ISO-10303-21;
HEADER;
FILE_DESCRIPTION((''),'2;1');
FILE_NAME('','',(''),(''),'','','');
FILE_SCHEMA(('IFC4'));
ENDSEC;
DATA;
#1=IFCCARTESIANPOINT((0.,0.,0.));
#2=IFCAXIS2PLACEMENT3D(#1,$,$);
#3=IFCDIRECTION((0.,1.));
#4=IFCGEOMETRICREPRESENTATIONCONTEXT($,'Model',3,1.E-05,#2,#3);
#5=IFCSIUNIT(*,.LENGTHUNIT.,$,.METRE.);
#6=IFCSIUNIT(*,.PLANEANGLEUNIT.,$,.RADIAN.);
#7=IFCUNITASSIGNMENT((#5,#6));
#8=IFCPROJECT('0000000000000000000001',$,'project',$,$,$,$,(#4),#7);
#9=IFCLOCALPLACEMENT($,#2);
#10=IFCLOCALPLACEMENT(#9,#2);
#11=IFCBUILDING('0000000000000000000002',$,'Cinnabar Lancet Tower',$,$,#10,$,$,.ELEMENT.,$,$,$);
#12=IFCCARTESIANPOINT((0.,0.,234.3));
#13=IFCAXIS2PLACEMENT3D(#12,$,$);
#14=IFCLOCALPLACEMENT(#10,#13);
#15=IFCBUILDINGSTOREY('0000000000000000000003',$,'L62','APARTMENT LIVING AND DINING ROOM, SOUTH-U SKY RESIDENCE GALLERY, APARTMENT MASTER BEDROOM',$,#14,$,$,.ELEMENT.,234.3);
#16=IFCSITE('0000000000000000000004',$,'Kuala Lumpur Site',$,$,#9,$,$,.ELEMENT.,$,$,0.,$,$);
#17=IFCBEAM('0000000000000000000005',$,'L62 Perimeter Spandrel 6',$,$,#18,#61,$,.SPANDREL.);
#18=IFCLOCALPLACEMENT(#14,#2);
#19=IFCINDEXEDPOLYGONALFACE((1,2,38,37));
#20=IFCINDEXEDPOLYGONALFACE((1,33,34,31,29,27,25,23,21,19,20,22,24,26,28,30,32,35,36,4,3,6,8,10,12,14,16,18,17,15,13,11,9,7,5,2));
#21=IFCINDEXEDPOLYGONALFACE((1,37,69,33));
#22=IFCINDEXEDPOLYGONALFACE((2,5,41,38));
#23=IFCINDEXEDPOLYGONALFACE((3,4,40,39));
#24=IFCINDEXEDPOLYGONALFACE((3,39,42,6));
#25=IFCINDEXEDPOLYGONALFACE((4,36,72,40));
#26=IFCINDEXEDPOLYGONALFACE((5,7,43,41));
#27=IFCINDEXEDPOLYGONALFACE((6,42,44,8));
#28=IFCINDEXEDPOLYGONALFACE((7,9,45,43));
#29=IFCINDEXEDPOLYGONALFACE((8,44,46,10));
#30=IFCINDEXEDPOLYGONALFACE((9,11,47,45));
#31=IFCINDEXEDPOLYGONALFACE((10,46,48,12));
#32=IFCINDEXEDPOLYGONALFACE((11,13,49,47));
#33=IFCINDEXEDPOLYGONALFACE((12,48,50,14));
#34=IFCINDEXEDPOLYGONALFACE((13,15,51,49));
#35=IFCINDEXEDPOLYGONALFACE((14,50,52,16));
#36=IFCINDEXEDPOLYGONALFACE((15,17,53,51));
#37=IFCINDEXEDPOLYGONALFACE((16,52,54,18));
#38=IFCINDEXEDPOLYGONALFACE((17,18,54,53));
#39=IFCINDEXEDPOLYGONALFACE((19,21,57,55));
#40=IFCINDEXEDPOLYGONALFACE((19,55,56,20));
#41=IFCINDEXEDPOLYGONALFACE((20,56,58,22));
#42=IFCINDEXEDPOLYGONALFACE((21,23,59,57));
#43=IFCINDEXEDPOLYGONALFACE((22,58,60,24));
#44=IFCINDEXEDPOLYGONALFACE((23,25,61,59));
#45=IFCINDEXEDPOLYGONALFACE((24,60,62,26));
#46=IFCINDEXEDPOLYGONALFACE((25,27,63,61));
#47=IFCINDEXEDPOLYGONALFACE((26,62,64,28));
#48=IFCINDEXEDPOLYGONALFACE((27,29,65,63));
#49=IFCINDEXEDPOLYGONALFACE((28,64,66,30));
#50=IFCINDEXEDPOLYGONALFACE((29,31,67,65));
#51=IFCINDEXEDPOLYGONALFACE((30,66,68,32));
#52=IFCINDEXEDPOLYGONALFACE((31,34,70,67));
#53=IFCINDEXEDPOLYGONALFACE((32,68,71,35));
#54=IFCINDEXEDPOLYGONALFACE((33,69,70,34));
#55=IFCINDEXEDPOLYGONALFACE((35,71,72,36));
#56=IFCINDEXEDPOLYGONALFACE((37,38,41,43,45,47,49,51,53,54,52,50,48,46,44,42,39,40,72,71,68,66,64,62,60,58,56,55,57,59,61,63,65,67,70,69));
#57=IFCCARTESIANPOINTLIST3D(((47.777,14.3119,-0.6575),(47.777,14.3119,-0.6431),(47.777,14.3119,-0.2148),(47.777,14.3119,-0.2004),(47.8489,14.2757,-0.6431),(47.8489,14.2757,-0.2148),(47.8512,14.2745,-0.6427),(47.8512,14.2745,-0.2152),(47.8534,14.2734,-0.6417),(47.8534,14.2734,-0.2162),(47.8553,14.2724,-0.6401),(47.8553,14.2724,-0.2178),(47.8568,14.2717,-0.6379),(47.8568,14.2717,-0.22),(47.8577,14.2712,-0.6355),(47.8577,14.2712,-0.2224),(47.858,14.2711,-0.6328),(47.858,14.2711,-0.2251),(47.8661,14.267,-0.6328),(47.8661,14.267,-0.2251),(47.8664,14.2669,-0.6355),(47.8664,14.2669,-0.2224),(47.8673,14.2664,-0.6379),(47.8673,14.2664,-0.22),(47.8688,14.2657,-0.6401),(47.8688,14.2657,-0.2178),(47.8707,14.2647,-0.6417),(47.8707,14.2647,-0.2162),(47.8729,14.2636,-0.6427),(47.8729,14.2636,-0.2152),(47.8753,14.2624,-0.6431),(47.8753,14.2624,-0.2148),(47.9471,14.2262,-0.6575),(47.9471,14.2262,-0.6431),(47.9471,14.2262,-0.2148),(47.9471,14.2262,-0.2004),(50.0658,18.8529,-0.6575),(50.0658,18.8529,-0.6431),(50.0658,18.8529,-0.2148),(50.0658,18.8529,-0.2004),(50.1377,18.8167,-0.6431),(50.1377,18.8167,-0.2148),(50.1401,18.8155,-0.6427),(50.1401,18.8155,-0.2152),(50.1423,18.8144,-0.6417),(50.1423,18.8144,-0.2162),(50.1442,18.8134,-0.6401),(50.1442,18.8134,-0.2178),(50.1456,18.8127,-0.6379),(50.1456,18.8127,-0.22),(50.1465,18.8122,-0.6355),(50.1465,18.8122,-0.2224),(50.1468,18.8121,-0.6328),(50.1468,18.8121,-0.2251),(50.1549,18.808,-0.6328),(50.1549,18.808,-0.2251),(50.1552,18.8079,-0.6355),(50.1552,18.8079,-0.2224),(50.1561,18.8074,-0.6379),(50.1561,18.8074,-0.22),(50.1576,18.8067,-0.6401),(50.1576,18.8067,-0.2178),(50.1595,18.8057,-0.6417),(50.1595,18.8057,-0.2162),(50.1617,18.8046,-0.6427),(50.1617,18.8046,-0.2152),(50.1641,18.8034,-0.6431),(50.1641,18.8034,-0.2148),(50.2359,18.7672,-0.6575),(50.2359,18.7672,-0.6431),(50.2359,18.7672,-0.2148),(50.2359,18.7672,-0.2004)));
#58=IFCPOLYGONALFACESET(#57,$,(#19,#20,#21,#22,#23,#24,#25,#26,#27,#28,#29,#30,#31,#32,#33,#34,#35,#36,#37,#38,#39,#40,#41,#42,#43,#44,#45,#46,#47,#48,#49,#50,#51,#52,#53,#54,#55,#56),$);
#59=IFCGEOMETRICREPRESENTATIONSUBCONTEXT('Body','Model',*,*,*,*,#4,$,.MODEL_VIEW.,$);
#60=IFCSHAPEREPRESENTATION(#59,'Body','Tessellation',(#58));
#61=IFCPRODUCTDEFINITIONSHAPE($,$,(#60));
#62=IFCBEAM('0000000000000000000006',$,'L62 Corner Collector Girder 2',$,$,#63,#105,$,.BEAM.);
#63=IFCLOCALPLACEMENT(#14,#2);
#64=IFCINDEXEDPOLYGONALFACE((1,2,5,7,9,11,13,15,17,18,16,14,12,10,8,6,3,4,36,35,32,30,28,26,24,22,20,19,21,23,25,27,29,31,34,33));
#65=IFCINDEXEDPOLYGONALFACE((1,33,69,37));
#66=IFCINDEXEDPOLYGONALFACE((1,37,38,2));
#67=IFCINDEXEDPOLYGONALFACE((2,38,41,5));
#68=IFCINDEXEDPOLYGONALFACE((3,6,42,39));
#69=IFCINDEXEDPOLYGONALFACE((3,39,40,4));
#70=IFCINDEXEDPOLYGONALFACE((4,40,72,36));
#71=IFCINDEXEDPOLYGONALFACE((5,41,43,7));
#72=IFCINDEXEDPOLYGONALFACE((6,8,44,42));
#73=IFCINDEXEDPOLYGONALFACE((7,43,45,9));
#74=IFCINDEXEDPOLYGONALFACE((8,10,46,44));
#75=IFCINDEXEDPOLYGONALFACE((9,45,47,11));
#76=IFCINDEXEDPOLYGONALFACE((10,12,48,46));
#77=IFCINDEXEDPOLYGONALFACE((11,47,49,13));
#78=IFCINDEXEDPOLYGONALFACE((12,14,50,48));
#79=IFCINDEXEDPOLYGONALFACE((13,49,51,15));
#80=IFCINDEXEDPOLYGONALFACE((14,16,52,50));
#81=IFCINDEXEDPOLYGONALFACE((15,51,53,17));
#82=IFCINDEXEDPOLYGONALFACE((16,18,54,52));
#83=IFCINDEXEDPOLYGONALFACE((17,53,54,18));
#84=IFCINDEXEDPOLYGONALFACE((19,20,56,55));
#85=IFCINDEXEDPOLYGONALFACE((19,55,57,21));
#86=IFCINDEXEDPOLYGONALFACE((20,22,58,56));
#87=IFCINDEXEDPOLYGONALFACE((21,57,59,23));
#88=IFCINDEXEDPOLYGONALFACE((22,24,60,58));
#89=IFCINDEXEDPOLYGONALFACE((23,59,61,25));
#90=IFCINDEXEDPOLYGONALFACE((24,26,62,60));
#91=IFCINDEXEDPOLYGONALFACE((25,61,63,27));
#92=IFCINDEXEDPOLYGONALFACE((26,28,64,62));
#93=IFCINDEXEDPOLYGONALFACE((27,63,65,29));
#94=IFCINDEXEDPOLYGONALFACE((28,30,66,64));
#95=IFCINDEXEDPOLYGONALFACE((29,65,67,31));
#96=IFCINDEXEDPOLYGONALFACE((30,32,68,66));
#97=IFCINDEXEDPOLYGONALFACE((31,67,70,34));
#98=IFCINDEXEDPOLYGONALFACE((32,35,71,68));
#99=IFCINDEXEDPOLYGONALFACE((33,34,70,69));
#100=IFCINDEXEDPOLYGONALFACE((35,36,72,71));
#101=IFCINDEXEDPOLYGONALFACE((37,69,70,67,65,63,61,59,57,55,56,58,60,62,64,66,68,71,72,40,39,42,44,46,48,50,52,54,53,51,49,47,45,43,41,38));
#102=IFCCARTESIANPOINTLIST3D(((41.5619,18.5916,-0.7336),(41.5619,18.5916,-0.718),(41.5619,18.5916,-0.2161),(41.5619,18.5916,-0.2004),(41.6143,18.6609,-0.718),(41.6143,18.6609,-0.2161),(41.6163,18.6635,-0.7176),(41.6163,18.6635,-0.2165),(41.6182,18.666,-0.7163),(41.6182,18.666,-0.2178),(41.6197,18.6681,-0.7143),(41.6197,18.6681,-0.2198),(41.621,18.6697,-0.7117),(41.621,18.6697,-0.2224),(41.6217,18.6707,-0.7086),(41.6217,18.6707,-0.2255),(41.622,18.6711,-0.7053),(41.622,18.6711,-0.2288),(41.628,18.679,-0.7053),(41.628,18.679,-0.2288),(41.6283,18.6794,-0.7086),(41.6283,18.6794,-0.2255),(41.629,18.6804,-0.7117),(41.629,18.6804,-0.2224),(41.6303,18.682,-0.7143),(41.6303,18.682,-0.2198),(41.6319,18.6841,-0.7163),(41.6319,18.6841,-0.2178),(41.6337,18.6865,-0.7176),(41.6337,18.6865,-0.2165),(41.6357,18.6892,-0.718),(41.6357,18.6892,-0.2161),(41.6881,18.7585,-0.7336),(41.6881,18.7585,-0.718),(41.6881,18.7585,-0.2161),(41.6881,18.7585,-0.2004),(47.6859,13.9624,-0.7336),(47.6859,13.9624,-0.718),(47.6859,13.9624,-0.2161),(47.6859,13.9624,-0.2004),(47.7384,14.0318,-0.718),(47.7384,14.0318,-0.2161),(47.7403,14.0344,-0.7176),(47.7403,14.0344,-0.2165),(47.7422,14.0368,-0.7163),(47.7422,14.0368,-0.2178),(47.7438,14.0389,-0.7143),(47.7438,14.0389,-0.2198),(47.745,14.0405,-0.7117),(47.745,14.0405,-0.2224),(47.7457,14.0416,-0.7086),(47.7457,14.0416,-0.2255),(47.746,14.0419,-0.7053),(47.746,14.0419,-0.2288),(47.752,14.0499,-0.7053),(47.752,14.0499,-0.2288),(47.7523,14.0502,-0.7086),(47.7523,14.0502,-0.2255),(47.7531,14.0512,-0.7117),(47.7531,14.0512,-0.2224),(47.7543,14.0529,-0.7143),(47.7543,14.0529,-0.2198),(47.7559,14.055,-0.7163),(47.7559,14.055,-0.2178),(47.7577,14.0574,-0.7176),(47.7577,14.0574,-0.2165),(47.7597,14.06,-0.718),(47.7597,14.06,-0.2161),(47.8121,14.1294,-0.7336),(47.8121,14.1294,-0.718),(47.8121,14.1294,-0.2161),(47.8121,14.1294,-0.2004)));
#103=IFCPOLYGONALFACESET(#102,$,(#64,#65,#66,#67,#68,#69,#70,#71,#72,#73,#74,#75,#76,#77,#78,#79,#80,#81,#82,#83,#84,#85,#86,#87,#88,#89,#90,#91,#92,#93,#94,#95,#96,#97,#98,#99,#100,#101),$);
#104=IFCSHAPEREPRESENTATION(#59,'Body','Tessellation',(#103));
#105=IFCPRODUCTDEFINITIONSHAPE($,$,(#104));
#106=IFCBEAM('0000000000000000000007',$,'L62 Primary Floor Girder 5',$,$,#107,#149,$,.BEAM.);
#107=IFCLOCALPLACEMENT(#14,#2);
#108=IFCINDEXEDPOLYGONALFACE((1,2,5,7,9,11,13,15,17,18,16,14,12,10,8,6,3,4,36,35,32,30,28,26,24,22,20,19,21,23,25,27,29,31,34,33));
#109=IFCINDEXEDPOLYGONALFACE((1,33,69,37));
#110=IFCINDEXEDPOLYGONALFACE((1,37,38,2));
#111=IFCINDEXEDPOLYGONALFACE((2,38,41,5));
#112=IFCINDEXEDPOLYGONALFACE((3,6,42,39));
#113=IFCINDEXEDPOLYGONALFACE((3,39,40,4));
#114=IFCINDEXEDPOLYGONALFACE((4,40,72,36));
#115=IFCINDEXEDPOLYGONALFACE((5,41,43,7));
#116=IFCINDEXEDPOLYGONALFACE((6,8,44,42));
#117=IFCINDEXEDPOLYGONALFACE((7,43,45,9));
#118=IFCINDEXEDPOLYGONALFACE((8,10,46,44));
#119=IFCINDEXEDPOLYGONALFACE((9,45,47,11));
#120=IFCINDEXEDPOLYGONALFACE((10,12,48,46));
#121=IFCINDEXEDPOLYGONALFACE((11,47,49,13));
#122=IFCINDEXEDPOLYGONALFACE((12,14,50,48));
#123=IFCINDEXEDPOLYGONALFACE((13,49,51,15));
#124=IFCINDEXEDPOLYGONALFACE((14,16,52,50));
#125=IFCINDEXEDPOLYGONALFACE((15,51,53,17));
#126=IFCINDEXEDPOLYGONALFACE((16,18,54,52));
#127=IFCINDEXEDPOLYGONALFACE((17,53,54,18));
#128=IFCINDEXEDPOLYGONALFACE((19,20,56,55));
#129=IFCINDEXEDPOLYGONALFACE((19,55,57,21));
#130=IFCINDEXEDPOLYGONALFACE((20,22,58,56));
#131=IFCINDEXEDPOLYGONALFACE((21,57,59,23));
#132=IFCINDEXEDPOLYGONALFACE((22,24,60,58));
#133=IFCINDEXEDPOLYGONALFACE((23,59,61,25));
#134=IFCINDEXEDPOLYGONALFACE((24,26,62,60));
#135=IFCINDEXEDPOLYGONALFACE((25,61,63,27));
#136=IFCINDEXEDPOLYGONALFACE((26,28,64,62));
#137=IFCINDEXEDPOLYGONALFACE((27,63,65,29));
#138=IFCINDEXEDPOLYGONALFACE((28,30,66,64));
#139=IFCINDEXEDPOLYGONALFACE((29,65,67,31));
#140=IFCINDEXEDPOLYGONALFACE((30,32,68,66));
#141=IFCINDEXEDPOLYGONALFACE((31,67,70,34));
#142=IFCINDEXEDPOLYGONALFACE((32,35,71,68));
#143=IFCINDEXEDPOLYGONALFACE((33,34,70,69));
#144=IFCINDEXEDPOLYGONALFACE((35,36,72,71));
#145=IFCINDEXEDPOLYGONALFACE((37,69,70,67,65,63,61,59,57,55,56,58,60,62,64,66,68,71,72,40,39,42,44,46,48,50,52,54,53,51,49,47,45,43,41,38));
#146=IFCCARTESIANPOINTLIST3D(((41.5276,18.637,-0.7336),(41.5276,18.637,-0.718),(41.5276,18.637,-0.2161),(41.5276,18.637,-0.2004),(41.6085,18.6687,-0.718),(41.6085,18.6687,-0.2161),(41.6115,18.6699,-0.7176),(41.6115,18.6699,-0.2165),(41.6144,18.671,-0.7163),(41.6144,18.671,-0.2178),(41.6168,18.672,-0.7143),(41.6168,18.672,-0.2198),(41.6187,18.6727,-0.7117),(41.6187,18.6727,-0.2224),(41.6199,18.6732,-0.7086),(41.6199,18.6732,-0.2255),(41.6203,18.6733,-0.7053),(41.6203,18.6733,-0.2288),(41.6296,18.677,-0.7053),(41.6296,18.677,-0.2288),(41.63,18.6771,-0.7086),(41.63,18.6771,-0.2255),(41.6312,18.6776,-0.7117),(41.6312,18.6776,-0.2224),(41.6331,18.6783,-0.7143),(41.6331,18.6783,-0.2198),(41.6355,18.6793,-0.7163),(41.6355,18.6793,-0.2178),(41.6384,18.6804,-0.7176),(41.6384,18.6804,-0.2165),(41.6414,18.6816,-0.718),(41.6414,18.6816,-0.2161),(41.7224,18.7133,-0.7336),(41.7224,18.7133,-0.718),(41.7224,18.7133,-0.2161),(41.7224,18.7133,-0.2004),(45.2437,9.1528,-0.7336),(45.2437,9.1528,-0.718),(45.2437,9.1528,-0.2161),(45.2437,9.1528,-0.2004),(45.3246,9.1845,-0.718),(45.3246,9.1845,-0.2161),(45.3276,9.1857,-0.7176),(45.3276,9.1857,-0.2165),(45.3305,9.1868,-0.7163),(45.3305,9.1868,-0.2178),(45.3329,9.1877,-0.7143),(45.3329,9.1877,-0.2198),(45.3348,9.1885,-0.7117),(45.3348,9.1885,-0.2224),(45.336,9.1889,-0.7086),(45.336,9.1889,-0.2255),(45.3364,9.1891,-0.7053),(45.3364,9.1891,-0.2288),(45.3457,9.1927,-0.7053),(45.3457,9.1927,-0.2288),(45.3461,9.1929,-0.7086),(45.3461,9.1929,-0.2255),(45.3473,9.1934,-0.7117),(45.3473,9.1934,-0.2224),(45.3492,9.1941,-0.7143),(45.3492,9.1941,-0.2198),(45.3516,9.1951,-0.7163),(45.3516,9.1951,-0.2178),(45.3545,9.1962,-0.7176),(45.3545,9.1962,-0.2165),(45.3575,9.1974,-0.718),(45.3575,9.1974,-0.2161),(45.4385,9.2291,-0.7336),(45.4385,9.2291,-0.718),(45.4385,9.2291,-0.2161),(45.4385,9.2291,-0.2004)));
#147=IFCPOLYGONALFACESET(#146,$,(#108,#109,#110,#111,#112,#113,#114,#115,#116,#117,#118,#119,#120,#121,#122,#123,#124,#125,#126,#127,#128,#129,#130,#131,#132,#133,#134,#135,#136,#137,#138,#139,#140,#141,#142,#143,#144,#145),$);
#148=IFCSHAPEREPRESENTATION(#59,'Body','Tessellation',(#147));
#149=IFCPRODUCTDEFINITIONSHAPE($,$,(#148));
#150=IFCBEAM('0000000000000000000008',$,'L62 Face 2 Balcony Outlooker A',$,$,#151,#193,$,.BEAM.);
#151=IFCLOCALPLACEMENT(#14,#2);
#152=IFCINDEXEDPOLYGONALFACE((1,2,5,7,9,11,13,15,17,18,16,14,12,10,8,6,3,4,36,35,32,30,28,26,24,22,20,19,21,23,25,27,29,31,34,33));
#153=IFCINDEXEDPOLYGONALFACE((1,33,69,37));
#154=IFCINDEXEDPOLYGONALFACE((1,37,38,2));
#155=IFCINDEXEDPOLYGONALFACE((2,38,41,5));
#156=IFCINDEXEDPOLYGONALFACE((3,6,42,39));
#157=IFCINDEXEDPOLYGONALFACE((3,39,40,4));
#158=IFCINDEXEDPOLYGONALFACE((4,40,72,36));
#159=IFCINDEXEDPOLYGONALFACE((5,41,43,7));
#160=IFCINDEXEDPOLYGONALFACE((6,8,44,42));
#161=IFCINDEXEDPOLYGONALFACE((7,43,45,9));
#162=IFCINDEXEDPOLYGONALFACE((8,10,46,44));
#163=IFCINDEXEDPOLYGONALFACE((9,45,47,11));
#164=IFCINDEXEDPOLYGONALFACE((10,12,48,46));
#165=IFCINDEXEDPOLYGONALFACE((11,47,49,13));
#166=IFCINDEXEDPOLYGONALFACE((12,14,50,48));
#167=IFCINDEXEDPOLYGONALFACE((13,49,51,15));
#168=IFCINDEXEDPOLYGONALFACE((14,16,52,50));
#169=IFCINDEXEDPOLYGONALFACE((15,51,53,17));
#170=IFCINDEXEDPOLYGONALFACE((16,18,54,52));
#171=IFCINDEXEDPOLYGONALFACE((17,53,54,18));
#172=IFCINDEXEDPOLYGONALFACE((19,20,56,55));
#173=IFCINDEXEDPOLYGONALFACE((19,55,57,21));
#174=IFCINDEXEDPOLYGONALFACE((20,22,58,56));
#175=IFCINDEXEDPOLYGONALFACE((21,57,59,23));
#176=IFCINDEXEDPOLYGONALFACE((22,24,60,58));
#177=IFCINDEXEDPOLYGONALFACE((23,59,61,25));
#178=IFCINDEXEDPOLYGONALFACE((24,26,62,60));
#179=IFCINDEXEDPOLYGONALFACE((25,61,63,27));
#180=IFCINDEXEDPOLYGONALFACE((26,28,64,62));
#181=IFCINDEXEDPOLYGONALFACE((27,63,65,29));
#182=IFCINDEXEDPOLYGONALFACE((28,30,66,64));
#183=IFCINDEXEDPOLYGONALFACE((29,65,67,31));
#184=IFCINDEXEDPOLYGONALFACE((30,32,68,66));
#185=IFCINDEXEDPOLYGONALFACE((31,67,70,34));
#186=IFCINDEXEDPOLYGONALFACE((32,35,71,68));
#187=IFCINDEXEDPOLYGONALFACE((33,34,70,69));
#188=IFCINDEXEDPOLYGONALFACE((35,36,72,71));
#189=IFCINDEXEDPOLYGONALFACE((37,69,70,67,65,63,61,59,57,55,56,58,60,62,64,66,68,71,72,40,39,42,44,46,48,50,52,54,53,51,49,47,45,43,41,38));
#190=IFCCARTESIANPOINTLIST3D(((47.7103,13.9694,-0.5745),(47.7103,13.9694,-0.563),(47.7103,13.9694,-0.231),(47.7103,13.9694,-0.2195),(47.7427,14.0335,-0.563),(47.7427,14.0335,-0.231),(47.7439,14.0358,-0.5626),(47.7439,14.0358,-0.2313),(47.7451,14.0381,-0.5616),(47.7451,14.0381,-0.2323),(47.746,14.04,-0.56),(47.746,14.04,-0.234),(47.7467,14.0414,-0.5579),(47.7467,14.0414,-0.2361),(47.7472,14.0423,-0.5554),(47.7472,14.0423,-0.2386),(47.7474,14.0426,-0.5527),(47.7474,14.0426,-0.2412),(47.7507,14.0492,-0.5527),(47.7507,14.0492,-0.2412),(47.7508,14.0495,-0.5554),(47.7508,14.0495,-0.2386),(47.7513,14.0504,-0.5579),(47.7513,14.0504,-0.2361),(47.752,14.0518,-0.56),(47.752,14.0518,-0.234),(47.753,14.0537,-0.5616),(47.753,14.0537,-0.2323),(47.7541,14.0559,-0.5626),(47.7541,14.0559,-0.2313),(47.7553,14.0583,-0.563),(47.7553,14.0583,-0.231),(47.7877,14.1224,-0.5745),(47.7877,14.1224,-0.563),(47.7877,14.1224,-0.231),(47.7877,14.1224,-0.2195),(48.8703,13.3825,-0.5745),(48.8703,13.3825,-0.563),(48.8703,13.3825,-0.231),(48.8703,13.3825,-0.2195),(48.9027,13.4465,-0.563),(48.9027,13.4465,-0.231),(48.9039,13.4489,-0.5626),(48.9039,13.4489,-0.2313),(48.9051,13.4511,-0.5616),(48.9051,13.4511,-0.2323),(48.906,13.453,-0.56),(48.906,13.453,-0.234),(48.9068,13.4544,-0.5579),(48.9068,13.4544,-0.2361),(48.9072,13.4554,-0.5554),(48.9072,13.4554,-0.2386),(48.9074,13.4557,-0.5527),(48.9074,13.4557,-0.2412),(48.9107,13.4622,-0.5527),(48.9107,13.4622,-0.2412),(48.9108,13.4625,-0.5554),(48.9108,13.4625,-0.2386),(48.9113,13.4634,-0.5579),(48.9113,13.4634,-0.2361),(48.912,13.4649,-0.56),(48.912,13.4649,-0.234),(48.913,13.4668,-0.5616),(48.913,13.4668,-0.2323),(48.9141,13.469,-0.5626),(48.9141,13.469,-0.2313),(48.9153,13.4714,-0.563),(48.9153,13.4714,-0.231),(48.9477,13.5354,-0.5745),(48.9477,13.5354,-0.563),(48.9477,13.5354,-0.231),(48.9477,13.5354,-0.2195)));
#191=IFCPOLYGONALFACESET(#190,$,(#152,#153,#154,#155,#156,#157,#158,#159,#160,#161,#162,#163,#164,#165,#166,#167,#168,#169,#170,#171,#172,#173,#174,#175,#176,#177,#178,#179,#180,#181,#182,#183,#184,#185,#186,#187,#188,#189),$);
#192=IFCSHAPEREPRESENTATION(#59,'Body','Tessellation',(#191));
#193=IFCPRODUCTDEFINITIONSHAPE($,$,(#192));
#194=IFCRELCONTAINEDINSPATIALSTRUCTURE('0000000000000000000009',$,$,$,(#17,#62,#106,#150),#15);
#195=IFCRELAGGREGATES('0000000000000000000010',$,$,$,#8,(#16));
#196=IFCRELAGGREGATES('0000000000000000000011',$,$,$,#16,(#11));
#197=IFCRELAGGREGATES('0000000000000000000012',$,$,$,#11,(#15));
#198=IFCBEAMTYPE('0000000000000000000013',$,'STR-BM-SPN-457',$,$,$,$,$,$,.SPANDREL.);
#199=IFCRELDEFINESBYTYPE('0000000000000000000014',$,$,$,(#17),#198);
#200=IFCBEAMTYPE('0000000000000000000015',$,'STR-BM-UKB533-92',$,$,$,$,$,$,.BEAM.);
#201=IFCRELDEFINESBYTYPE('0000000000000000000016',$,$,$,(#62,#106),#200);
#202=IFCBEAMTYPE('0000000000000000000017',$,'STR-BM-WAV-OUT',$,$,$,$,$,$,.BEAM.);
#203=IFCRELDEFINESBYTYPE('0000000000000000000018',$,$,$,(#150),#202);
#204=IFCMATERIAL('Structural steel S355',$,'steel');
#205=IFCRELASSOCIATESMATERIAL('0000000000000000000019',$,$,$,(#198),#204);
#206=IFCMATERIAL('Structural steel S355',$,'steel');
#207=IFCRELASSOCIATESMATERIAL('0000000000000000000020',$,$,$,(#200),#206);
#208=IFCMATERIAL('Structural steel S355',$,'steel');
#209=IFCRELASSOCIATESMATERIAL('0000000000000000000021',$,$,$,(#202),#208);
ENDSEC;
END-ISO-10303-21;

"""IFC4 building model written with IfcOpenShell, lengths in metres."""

from ifc_helpers import new_model, si_unit, direction, frame, origin, origin_2d, place, context, subcontext, project, spatial, i_section, extrude, material, material_profile, profile_set, type_object, element, save


model = new_model("IFC4")

# Units and contexts
model_context = context("Model", 3, precision=1e-05, world=origin(), true_north=direction((0.0, 1.0)))
body_context = subcontext(model_context, "Body", "Model", "MODEL_VIEW")
ifc_project = project(units=[si_unit("LENGTHUNIT", "METRE"), si_unit("PLANEANGLEUNIT", "RADIAN")], contexts=[model_context])

# Site, building, storey
site_placement = place(None, origin())
site = spatial("IfcSite", under=ifc_project, at=site_placement, Name="Kuala Lumpur Site", CompositionType="ELEMENT", RefElevation=0.0)
building_placement = place(site_placement, origin())
building = spatial("IfcBuilding", under=site, at=building_placement, Name="Cinnabar Lancet Tower", CompositionType="ELEMENT")
storey_placement = place(building_placement, frame((0.0, 0.0, 234.3)))
storey = spatial("IfcBuildingStorey", under=building, at=storey_placement, Name="L62", Description="APARTMENT LIVING AND DINING ROOM, SOUTH-U SKY RESIDENCE GALLERY, APARTMENT MASTER BEDROOM", CompositionType="ELEMENT", Elevation=234.3)

# Beams
ifc_material_1 = material(Name="Structural steel S355", Category="steel")
ifc_material_profile_1 = material_profile(ifc_material_1, i_section(OverallWidth=0.1904, OverallDepth=0.457, WebThickness=0.009, FlangeThickness=0.0144, FilletRadius=0.0103, at=origin_2d()), Name="UKB 457x191x74")
ifc_profile_set_1 = profile_set([ifc_material_profile_1], Name="Structural steel S355")
beam_type_1 = type_object("IfcBeamType", Name="STR-BM-SPN-457", PredefinedType="SPANDREL", material=ifc_profile_set_1)
beam_1_placement = place(storey_placement, frame((47.8621, 14.269, -0.429), z_axis=(0.450092, 0.892982, 0.0), x_axis=(-0.892982, 0.450092, 0.0)))
element("IfcBeam", 1, at=beam_1_placement, inside=storey, type_object=beam_type_1, Name="L62 Perimeter Spandrel 6", PredefinedType="SPANDREL", context=body_context, shape_type="SweptSolid", body=[
    extrude(i_section(OverallWidth=0.1904, OverallDepth=0.457, WebThickness=0.009, FlangeThickness=0.0144, FilletRadius=0.0103, at=origin_2d()), origin(), (0.0, 0.0, 1.0), 5.0852),
])
ifc_material_2 = material(Name="Structural steel S355", Category="steel")
ifc_material_profile_2 = material_profile(ifc_material_2, i_section(OverallWidth=0.2092, OverallDepth=0.5332, WebThickness=0.01, FlangeThickness=0.0156, FilletRadius=0.0127, at=origin_2d()), Name="UKB 533x210x92")
ifc_profile_set_2 = profile_set([ifc_material_profile_2], Name="Structural steel S355")
beam_type_2 = type_object("IfcBeamType", Name="STR-BM-UKB533-92", PredefinedType="BEAM", material=ifc_profile_set_2)
beam_2_placement = place(storey_placement, frame((47.749, 14.0459, -0.467), z_axis=(-0.797735, 0.603008, 0.0), x_axis=(-0.603008, -0.797735, 0.0)))
element("IfcBeam", 2, at=beam_2_placement, inside=storey, type_object=beam_type_2, Name="L62 Corner Collector Girder 2", PredefinedType="BEAM", context=body_context, shape_type="SweptSolid", body=[
    extrude(i_section(OverallWidth=0.2092, OverallDepth=0.5332, WebThickness=0.01, FlangeThickness=0.0156, FilletRadius=0.0127, at=origin_2d()), origin(), (0.0, 0.0, 1.0), 7.6768),
])
beam_3_placement = place(storey_placement, frame((45.3411, 9.1909, -0.467), z_axis=(-0.364815, 0.93108, 0.0), x_axis=(-0.93108, -0.364815, 0.0)))
element("IfcBeam", 3, at=beam_3_placement, inside=storey, type_object=beam_type_2, Name="L62 Primary Floor Girder 5", PredefinedType="BEAM", context=body_context, shape_type="SweptSolid", body=[
    extrude(i_section(OverallWidth=0.2092, OverallDepth=0.5332, WebThickness=0.01, FlangeThickness=0.0156, FilletRadius=0.0127, at=origin_2d()), origin(), (0.0, 0.0, 1.0), 10.1863),
])
ifc_material_3 = material(Name="Structural steel S355", Category="steel")
ifc_material_profile_3 = material_profile(ifc_material_3, i_section(OverallWidth=0.1714, OverallDepth=0.355, WebThickness=0.0073, FlangeThickness=0.0115, FilletRadius=0.0103, at=origin_2d()), Name="UKB 356x171x51")
ifc_profile_set_3 = profile_set([ifc_material_profile_3], Name="Structural steel S355")
beam_type_3 = type_object("IfcBeamType", Name="STR-BM-WAV-OUT", PredefinedType="BEAM", material=ifc_profile_set_3)
beam_4_placement = place(storey_placement, frame((47.749, 14.0459, -0.397), z_axis=(0.892276, -0.45149, 0.0), x_axis=(0.45149, 0.892276, 0.0)))
element("IfcBeam", 4, at=beam_4_placement, inside=storey, type_object=beam_type_3, Name="L62 Face 2 Balcony Outlooker A", PredefinedType="BEAM", context=body_context, shape_type="SweptSolid", body=[
    extrude(i_section(OverallWidth=0.1714, OverallDepth=0.355, WebThickness=0.0073, FlangeThickness=0.0115, FilletRadius=0.0103, at=origin_2d()), origin(), (0.0, 0.0, 1.0), 1.3),
])

save(model, "model.ifc")
